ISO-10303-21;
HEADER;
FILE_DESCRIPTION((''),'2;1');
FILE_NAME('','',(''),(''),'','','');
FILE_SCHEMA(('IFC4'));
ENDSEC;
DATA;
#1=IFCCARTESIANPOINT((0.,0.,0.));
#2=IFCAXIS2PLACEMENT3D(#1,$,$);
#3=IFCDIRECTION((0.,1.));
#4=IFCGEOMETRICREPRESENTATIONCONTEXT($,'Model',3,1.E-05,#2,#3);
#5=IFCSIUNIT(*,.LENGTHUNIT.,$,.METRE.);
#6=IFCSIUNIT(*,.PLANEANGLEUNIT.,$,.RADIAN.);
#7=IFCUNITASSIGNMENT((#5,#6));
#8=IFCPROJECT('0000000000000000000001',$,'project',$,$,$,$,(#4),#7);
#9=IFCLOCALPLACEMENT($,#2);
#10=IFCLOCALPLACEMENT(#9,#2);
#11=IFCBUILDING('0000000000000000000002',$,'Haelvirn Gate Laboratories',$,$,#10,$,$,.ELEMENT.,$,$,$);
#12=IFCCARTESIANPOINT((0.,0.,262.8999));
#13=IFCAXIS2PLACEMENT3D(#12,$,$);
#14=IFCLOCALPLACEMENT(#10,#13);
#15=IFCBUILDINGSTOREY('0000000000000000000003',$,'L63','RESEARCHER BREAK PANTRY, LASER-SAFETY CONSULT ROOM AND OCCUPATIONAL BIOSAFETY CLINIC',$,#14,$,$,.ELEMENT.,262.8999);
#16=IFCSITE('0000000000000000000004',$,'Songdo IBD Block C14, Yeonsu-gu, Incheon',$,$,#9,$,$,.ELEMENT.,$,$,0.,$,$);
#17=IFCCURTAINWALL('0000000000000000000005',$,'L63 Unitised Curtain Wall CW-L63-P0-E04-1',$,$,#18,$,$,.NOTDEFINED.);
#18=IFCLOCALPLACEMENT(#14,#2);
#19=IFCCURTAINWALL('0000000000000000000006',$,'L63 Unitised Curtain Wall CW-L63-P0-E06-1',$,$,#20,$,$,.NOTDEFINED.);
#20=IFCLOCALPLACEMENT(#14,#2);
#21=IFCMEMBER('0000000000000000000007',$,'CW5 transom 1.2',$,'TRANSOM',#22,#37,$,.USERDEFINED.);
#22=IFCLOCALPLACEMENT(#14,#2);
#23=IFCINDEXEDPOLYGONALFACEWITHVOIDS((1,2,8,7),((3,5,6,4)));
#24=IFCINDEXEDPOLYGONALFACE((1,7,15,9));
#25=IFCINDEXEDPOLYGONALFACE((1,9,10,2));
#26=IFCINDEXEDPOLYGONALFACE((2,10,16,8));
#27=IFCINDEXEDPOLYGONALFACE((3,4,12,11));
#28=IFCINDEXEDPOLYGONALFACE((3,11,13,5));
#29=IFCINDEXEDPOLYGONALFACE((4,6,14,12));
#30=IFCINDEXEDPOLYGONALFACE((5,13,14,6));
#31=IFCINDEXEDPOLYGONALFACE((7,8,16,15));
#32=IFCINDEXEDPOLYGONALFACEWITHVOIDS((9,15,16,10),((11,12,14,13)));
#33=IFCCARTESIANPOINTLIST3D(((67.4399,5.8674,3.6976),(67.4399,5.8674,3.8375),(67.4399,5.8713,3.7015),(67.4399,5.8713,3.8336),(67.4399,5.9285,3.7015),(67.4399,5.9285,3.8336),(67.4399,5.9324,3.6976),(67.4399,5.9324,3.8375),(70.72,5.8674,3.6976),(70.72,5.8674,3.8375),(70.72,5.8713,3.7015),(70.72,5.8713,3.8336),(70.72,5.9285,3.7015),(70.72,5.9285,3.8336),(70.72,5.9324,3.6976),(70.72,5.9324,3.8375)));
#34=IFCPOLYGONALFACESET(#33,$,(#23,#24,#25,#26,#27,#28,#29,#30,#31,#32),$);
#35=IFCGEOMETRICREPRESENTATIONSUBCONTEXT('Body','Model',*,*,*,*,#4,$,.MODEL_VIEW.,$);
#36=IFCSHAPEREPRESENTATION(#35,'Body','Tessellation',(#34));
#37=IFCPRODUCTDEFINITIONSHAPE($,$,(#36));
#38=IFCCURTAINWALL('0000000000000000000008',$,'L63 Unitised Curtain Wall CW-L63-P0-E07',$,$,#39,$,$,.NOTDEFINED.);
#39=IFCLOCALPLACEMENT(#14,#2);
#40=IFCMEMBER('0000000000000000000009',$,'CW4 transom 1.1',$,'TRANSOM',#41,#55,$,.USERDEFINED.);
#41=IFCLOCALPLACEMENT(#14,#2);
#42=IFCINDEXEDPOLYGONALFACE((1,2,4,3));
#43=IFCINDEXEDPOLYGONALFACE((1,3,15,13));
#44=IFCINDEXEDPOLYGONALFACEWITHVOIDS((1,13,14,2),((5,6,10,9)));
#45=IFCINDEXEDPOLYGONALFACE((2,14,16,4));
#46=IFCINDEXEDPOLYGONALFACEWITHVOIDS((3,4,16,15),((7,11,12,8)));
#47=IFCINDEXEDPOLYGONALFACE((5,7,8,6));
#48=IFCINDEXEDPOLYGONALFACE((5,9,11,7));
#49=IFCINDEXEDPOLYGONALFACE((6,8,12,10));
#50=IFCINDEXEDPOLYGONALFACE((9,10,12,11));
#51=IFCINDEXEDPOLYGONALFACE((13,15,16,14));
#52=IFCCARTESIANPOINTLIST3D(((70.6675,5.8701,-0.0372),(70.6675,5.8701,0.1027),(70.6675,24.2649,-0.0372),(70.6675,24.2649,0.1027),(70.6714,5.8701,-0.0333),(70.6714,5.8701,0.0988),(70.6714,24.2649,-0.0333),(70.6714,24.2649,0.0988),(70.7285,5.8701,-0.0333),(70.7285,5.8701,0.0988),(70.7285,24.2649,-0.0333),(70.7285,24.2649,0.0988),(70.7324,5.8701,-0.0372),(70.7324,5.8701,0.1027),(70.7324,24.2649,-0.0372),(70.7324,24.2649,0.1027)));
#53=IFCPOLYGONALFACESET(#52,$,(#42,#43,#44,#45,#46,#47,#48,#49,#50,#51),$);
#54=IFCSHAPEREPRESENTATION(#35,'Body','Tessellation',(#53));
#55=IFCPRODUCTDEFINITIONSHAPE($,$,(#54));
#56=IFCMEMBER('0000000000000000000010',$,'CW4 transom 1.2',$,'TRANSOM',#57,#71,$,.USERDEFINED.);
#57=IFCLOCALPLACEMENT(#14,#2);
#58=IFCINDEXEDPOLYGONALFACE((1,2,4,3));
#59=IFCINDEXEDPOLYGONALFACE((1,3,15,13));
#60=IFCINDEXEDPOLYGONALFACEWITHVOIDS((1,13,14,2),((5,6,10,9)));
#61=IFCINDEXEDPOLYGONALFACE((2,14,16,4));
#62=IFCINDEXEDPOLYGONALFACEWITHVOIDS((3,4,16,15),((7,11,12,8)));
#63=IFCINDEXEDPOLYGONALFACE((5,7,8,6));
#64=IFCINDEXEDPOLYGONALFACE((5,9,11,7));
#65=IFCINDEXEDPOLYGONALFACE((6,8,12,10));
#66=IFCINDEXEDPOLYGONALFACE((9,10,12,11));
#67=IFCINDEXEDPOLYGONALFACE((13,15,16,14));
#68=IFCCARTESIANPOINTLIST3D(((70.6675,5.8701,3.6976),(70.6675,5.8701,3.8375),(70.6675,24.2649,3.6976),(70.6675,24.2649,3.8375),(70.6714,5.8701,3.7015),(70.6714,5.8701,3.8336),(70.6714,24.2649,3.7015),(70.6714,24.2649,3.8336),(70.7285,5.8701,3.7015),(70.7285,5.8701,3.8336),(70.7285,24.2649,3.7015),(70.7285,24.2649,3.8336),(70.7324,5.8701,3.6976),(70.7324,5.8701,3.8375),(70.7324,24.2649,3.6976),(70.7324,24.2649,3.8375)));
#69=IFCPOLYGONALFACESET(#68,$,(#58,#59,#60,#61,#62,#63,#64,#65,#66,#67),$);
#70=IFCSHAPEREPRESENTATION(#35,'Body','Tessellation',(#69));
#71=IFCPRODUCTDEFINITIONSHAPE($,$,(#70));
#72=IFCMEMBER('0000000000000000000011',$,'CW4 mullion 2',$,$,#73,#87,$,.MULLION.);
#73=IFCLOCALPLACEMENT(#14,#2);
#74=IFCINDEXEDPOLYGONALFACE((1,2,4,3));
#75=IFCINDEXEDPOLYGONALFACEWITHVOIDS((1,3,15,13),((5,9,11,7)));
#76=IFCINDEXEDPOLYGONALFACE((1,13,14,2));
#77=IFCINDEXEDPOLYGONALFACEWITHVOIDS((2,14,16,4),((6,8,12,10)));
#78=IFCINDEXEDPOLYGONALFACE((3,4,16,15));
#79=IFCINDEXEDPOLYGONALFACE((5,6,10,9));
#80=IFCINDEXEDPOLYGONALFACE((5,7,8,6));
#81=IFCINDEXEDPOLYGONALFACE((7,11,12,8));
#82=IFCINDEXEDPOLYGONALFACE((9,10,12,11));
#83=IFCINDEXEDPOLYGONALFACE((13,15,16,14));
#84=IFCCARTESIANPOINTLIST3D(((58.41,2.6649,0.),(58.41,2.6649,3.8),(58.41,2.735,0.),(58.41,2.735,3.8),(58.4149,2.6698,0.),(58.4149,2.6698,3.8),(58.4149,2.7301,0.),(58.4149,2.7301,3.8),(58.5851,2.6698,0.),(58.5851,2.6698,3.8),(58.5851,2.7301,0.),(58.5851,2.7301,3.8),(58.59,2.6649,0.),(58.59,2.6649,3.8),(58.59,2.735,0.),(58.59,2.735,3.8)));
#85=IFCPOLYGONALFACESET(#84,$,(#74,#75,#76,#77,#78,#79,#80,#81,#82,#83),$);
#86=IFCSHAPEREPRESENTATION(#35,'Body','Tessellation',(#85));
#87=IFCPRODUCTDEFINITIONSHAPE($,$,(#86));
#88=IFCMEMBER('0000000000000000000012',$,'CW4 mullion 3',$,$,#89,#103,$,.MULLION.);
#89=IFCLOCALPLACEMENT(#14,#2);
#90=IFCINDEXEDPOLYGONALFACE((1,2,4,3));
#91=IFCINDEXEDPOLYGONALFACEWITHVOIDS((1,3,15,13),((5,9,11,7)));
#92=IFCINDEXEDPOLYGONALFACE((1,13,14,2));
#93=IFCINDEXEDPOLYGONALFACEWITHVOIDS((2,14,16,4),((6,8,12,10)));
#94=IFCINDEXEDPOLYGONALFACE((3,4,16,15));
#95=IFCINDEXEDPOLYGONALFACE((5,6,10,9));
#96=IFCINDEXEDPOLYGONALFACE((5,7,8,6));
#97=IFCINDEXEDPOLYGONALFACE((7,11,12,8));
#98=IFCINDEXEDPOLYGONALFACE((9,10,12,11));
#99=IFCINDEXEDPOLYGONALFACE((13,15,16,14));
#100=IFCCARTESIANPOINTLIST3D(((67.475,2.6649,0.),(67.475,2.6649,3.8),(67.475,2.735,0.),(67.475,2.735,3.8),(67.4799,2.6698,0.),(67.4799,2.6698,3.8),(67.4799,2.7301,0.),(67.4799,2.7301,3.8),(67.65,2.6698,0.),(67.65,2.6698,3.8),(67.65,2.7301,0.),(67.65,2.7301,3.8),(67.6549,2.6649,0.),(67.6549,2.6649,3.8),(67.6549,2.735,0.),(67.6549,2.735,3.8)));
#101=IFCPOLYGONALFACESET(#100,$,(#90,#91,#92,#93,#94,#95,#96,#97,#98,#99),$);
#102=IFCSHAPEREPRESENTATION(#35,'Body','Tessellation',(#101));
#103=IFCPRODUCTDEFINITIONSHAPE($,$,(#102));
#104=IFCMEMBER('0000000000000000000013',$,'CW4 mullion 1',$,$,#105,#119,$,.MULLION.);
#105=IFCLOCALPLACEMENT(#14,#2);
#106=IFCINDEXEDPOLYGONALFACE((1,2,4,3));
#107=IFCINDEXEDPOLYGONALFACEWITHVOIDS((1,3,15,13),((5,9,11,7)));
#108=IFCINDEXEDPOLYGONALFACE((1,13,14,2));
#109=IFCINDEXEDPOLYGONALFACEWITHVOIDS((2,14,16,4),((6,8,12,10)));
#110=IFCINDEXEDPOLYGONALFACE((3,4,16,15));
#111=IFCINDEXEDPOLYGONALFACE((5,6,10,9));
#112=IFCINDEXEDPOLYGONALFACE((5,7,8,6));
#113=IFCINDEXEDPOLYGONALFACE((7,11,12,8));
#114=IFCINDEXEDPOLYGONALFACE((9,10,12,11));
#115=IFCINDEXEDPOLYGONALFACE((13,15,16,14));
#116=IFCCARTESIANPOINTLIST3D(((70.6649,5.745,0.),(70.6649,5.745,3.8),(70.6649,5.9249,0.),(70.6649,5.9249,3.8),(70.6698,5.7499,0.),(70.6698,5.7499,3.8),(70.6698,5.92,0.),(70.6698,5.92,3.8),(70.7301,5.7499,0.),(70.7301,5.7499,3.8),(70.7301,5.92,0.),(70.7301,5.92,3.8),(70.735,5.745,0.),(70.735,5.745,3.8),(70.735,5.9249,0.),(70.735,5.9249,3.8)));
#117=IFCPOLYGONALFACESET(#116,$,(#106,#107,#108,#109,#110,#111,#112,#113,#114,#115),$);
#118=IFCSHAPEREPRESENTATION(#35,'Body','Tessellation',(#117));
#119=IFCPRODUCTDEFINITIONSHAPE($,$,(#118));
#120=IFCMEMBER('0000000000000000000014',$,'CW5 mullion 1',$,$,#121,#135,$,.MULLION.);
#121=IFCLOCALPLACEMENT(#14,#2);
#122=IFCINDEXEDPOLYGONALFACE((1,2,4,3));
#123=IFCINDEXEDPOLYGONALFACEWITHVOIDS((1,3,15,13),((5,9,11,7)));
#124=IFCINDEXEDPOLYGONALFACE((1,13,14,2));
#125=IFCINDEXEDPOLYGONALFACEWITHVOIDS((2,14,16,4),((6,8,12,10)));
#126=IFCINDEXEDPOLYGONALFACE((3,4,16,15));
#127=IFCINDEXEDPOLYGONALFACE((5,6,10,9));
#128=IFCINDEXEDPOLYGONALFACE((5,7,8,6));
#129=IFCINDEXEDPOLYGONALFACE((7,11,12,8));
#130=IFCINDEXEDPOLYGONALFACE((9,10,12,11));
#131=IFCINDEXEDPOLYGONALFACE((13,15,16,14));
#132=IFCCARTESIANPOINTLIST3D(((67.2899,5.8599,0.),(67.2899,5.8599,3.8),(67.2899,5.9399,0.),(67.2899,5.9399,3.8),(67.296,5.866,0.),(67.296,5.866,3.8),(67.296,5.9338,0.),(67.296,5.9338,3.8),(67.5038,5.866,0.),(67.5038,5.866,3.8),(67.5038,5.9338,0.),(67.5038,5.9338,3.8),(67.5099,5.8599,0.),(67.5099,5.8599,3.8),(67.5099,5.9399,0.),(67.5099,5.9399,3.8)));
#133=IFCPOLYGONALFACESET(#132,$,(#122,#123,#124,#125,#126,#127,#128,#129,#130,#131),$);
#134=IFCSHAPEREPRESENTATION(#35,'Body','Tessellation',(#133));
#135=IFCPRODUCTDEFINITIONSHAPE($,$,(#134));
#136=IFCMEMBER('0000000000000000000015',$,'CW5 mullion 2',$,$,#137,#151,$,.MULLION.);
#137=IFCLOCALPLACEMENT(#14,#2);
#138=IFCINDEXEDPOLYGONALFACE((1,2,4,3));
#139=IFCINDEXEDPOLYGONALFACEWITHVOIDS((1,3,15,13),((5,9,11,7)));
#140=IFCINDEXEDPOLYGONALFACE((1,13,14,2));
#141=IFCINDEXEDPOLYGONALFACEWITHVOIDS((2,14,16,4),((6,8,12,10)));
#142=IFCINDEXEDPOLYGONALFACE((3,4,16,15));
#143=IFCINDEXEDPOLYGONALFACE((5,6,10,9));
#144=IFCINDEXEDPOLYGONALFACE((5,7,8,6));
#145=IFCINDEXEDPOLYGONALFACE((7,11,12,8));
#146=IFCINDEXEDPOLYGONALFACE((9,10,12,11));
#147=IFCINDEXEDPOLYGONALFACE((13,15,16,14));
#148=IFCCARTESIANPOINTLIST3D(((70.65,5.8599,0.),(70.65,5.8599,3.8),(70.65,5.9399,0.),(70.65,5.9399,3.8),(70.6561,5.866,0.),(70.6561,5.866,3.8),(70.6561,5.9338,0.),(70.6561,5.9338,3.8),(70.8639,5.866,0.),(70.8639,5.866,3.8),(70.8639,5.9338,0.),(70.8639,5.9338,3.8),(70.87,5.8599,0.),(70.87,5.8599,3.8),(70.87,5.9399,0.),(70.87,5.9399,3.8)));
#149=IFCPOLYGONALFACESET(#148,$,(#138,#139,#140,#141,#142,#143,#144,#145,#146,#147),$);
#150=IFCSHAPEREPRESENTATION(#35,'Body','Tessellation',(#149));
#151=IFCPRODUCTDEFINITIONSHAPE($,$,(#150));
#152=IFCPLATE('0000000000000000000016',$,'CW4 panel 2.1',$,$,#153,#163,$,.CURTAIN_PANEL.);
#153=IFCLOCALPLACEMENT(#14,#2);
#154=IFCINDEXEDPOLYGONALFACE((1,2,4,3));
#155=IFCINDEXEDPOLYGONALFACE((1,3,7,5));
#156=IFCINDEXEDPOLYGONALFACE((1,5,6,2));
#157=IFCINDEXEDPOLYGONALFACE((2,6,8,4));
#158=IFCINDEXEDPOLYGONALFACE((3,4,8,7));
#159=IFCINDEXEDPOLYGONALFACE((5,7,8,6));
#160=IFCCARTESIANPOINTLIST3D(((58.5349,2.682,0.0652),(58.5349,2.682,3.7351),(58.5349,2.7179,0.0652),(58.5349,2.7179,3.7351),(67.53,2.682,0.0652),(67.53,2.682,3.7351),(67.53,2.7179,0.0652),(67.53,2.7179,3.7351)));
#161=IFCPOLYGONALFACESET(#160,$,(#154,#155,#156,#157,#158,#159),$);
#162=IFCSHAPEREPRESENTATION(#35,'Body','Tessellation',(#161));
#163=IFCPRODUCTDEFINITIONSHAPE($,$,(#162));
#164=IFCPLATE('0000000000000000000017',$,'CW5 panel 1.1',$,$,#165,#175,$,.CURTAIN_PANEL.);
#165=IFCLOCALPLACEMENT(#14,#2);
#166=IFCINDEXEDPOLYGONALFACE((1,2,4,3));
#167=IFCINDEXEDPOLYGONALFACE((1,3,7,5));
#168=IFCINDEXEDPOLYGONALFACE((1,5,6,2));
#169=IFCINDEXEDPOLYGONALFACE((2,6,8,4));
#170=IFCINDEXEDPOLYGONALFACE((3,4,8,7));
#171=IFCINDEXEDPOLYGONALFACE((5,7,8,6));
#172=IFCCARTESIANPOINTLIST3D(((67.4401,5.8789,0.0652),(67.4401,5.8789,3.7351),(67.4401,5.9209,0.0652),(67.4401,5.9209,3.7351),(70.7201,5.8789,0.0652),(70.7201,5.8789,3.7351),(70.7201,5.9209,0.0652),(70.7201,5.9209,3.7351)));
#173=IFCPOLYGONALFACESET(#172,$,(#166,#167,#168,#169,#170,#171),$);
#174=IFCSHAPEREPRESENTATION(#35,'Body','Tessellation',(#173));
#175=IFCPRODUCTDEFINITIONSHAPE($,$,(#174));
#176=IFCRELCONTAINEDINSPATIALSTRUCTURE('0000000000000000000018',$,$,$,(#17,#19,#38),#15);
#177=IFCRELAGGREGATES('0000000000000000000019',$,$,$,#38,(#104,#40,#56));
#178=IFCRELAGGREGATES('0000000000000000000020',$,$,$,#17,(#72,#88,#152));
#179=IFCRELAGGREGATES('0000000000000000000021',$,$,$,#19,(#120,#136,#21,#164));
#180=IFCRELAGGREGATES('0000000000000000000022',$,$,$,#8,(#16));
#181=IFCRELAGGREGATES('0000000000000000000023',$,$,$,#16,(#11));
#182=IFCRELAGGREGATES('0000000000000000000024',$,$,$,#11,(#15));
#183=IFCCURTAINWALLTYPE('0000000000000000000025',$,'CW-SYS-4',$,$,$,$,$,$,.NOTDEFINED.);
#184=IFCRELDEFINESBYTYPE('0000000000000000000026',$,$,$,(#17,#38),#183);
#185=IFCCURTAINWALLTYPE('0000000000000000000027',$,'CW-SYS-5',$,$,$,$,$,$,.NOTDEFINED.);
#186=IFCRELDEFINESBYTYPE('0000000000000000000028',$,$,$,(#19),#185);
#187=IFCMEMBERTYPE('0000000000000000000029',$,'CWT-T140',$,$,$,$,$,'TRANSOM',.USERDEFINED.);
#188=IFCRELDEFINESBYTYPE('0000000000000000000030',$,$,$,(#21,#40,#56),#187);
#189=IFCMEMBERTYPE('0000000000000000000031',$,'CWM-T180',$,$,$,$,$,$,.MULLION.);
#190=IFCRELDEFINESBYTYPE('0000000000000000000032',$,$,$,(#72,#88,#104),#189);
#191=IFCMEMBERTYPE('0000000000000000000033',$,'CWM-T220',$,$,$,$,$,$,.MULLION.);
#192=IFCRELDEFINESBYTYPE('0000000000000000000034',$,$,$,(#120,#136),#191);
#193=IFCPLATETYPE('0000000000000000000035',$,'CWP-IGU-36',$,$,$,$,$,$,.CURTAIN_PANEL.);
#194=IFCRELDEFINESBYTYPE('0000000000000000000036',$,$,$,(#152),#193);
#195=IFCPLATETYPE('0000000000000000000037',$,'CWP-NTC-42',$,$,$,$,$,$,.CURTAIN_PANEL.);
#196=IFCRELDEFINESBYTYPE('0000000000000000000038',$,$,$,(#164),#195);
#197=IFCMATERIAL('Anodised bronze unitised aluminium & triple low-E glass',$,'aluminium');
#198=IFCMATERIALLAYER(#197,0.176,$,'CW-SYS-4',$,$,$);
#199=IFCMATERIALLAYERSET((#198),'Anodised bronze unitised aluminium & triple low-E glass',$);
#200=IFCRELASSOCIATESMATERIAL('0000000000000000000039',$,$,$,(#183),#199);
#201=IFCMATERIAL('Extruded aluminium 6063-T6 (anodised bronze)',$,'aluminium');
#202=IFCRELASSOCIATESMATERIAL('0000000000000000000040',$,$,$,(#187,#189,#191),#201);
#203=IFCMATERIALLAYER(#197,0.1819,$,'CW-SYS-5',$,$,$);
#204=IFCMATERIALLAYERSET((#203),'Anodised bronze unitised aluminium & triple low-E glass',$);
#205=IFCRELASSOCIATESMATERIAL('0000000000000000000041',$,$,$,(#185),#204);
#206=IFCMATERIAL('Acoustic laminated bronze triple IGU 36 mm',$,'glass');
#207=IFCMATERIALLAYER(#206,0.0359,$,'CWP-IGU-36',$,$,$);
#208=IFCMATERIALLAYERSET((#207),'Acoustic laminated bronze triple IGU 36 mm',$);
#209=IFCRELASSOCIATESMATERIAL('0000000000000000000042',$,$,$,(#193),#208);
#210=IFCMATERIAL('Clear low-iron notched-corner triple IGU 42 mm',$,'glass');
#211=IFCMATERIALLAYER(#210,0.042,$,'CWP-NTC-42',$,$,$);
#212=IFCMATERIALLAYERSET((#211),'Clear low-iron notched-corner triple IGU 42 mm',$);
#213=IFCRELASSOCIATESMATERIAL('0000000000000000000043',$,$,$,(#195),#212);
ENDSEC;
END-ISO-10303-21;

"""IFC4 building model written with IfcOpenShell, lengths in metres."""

from ifc_helpers import new_model, si_unit, direction, frame, origin, origin_2d, place, context, subcontext, project, spatial, rectangle, hollow_rectangle, extrude, source, transform, mapped, material, layer, layer_set, material_profile, profile_set, type_object, type_shapes, element, aggregate, save


model = new_model("IFC4")

# Units and contexts
model_context = context("Model", 3, precision=1e-05, world=origin(), true_north=direction((0.0, 1.0)))
body_context = subcontext(model_context, "Body", "Model", "MODEL_VIEW")
ifc_project = project(units=[si_unit("LENGTHUNIT", "METRE"), si_unit("PLANEANGLEUNIT", "RADIAN")], contexts=[model_context])

# Site, building, storey
site_placement = place(None, origin())
site = spatial("IfcSite", under=ifc_project, at=site_placement, Name="Songdo IBD Block C14, Yeonsu-gu, Incheon", CompositionType="ELEMENT", RefElevation=0.0)
building_placement = place(site_placement, origin())
building = spatial("IfcBuilding", under=site, at=building_placement, Name="Haelvirn Gate Laboratories", CompositionType="ELEMENT")
storey_placement = place(building_placement, frame((0.0, 0.0, 262.8999)))
storey = spatial("IfcBuildingStorey", under=building, at=storey_placement, Name="L63", Description="RESEARCHER BREAK PANTRY, LASER-SAFETY CONSULT ROOM AND OCCUPATIONAL BIOSAFETY CLINIC", CompositionType="ELEMENT", Elevation=262.8999)

# Curtain walls, members
ifc_material_1 = material(Name="Anodised bronze unitised aluminium & triple low-E glass", Category="aluminium")
ifc_layer_1 = layer(ifc_material_1, 0.176, Name="CW-SYS-4")
ifc_layer_set_1 = layer_set([ifc_layer_1], Name="Anodised bronze unitised aluminium & triple low-E glass")
curtain_wall_type_1 = type_object("IfcCurtainWallType", Name="CW-SYS-4", PredefinedType="NOTDEFINED", material=ifc_layer_set_1)
curtain_wall_1_placement = place(storey_placement, origin())
curtain_wall_1 = element("IfcCurtainWall", 1, at=curtain_wall_1_placement, inside=storey, type_object=curtain_wall_type_1, Name="L63 Unitised Curtain Wall CW-L63-P0-E04-1", PredefinedType="NOTDEFINED")
ifc_material_2 = material(Name="Extruded aluminium 6063-T6 (anodised bronze)", Category="aluminium")
ifc_material_profile_1 = material_profile(ifc_material_2, hollow_rectangle(XDim=0.0649, YDim=0.1399, WallThickness=0.0039, at=origin_2d()), Name="CWT-140x65x4")
ifc_profile_set_1 = profile_set([ifc_material_profile_1], Name="Extruded aluminium 6063-T6 (anodised bronze)")
member_type_1 = type_object("IfcMemberType", Name="CWT-T140", ElementType="TRANSOM", PredefinedType="USERDEFINED", material=ifc_profile_set_1)
ifc_layer_2 = layer(ifc_material_1, 0.1819, Name="CW-SYS-5")
ifc_layer_set_2 = layer_set([ifc_layer_2], Name="Anodised bronze unitised aluminium & triple low-E glass")
curtain_wall_type_2 = type_object("IfcCurtainWallType", Name="CW-SYS-5", PredefinedType="NOTDEFINED", material=ifc_layer_set_2)
curtain_wall_2_placement = place(storey_placement, origin())
curtain_wall_2 = element("IfcCurtainWall", 2, at=curtain_wall_2_placement, inside=storey, type_object=curtain_wall_type_2, Name="L63 Unitised Curtain Wall CW-L63-P0-E06-1", PredefinedType="NOTDEFINED")
shared_shape_1 = source(origin(), body_context, "Body", "SweptSolid", [
    extrude(hollow_rectangle(XDim=0.0649, YDim=0.1399, WallThickness=0.0039, at=origin_2d()), origin(), (0.0, 0.0, 1.0), 3.28),
])
member_1_placement = place(storey_placement, frame((67.4399, 5.8999, 3.7676), z_axis=(1.0, 0.0, 0.0), x_axis=(0.0, 1.0, 0.0)))
member_1 = element("IfcMember", 3, at=member_1_placement, type_object=member_type_1, Name="CW5 transom 1.2", ObjectType="TRANSOM", PredefinedType="USERDEFINED", context=body_context, shape_type="MappedRepresentation", body=[
    mapped(shared_shape_1, transform((0.0, 0.0, 0.0), scale=1.0)),
])
curtain_wall_3_placement = place(storey_placement, origin())
curtain_wall_3 = element("IfcCurtainWall", 4, at=curtain_wall_3_placement, inside=storey, type_object=curtain_wall_type_1, Name="L63 Unitised Curtain Wall CW-L63-P0-E07", PredefinedType="NOTDEFINED")
shared_shape_2 = source(origin(), body_context, "Body", "SweptSolid", [
    extrude(hollow_rectangle(XDim=0.0649, YDim=0.1399, WallThickness=0.0039, at=origin_2d()), origin(), (0.0, 0.0, 1.0), 18.3948),
])
member_2_placement = place(storey_placement, frame((70.7, 5.8701, 0.0327), z_axis=(0.0, 1.0, 0.0), x_axis=(-1.0, 0.0, 0.0)))
member_2 = element("IfcMember", 5, at=member_2_placement, type_object=member_type_1, Name="CW4 transom 1.1", ObjectType="TRANSOM", PredefinedType="USERDEFINED", context=body_context, shape_type="MappedRepresentation", body=[
    mapped(shared_shape_2, transform((0.0, 0.0, 0.0), scale=1.0)),
])
member_3_placement = place(storey_placement, frame((70.7, 5.8701, 3.7676), z_axis=(0.0, 1.0, 0.0), x_axis=(-1.0, 0.0, 0.0)))
member_3 = element("IfcMember", 6, at=member_3_placement, type_object=member_type_1, Name="CW4 transom 1.2", ObjectType="TRANSOM", PredefinedType="USERDEFINED", context=body_context, shape_type="MappedRepresentation", body=[
    mapped(shared_shape_2, transform((0.0, 0.0, 0.0), scale=1.0)),
])

# Members
ifc_material_profile_2 = material_profile(ifc_material_2, hollow_rectangle(XDim=0.0701, YDim=0.1799, WallThickness=0.0049, at=origin_2d()), Name="CWM-180x70x5")
ifc_profile_set_2 = profile_set([ifc_material_profile_2], Name="Extruded aluminium 6063-T6 (anodised bronze)")
member_type_2 = type_object("IfcMemberType", Name="CWM-T180", PredefinedType="MULLION", material=ifc_profile_set_2)
shared_shape_3 = source(origin(), body_context, "Body", "SweptSolid", [
    extrude(hollow_rectangle(XDim=0.0701, YDim=0.1799, WallThickness=0.0049, at=origin_2d()), origin(), (0.0, 0.0, 1.0), 3.8),
])
type_shapes(member_type_2, [shared_shape_3])
member_4_placement = place(storey_placement, frame((58.5, 2.7, 0.0), z_axis=(0.0, 0.0, 1.0), x_axis=(0.0, 1.0, 0.0)))
member_4 = element("IfcMember", 7, at=member_4_placement, type_object=member_type_2, Name="CW4 mullion 2", PredefinedType="MULLION", context=body_context, shape_type="MappedRepresentation", body=[
    mapped(shared_shape_3, transform((0.0, 0.0, 0.0), scale=1.0)),
])
member_5_placement = place(storey_placement, frame((67.5649, 2.7, 0.0), z_axis=(0.0, 0.0, 1.0), x_axis=(0.0, 1.0, 0.0)))
member_5 = element("IfcMember", 8, at=member_5_placement, type_object=member_type_2, Name="CW4 mullion 3", PredefinedType="MULLION", context=body_context, shape_type="MappedRepresentation", body=[
    mapped(shared_shape_3, transform((0.0, 0.0, 0.0), scale=1.0)),
])
member_6_placement = place(storey_placement, frame((70.7, 5.835, 0.0), z_axis=(0.0, 0.0, 1.0), x_axis=(-1.0, 0.0, 0.0)))
member_6 = element("IfcMember", 9, at=member_6_placement, type_object=member_type_2, Name="CW4 mullion 1", PredefinedType="MULLION", context=body_context, shape_type="MappedRepresentation", body=[
    mapped(shared_shape_3, transform((0.0, 0.0, 0.0), scale=1.0)),
])
aggregate(curtain_wall_3, [member_6, member_2, member_3])
ifc_material_profile_3 = material_profile(ifc_material_2, hollow_rectangle(XDim=0.0801, YDim=0.22, WallThickness=0.0061, at=origin_2d()), Name="CWM-220x80x6")
ifc_profile_set_3 = profile_set([ifc_material_profile_3], Name="Extruded aluminium 6063-T6 (anodised bronze)")
member_type_3 = type_object("IfcMemberType", Name="CWM-T220", PredefinedType="MULLION", material=ifc_profile_set_3)
shared_shape_4 = source(origin(), body_context, "Body", "SweptSolid", [
    extrude(hollow_rectangle(XDim=0.0801, YDim=0.22, WallThickness=0.0061, at=origin_2d()), origin(), (0.0, 0.0, 1.0), 3.8),
])
type_shapes(member_type_3, [shared_shape_4])
member_7_placement = place(storey_placement, frame((67.3999, 5.8999, 0.0), z_axis=(0.0, 0.0, 1.0), x_axis=(0.0, 1.0, 0.0)))
member_7 = element("IfcMember", 10, at=member_7_placement, type_object=member_type_3, Name="CW5 mullion 1", PredefinedType="MULLION", context=body_context, shape_type="MappedRepresentation", body=[
    mapped(shared_shape_4, transform((0.0, 0.0, 0.0), scale=1.0)),
])
member_8_placement = place(storey_placement, frame((70.76, 5.8999, 0.0), z_axis=(0.0, 0.0, 1.0), x_axis=(0.0, 1.0, 0.0)))
member_8 = element("IfcMember", 11, at=member_8_placement, type_object=member_type_3, Name="CW5 mullion 2", PredefinedType="MULLION", context=body_context, shape_type="MappedRepresentation", body=[
    mapped(shared_shape_4, transform((0.0, 0.0, 0.0), scale=1.0)),
])

# Plates
ifc_material_3 = material(Name="Acoustic laminated bronze triple IGU 36 mm", Category="glass")
ifc_layer_3 = layer(ifc_material_3, 0.0359, Name="CWP-IGU-36")
ifc_layer_set_3 = layer_set([ifc_layer_3], Name="Acoustic laminated bronze triple IGU 36 mm")
plate_type_1 = type_object("IfcPlateType", Name="CWP-IGU-36", PredefinedType="CURTAIN_PANEL", material=ifc_layer_set_3)
shared_shape_5 = source(origin(), body_context, "Body", "SweptSolid", [
    extrude(rectangle(XDim=8.9951, YDim=0.0359, at=origin_2d()), origin(), (0.0, 0.0, 1.0), 3.6699),
])
type_shapes(plate_type_1, [shared_shape_5])
plate_1_placement = place(storey_placement, frame((63.0325, 2.7, 0.0652), z_axis=(0.0, 0.0, 1.0), x_axis=(1.0, 0.0, 0.0)))
plate_1 = element("IfcPlate", 12, at=plate_1_placement, type_object=plate_type_1, Name="CW4 panel 2.1", PredefinedType="CURTAIN_PANEL", context=body_context, shape_type="MappedRepresentation", body=[
    mapped(shared_shape_5, transform((0.0, 0.0, 0.0), scale=1.0)),
])
aggregate(curtain_wall_1, [member_4, member_5, plate_1])
ifc_material_4 = material(Name="Clear low-iron notched-corner triple IGU 42 mm", Category="glass")
ifc_layer_4 = layer(ifc_material_4, 0.042, Name="CWP-NTC-42")
ifc_layer_set_4 = layer_set([ifc_layer_4], Name="Clear low-iron notched-corner triple IGU 42 mm")
plate_type_2 = type_object("IfcPlateType", Name="CWP-NTC-42", PredefinedType="CURTAIN_PANEL", material=ifc_layer_set_4)
shared_shape_6 = source(origin(), body_context, "Body", "SweptSolid", [
    extrude(rectangle(XDim=3.28, YDim=0.042, at=origin_2d()), origin(), (0.0, 0.0, 1.0), 3.6699),
])
type_shapes(plate_type_2, [shared_shape_6])
plate_2_placement = place(storey_placement, frame((69.0801, 5.8999, 0.0652), z_axis=(0.0, 0.0, 1.0), x_axis=(1.0, 0.0, 0.0)))
plate_2 = element("IfcPlate", 13, at=plate_2_placement, type_object=plate_type_2, Name="CW5 panel 1.1", PredefinedType="CURTAIN_PANEL", context=body_context, shape_type="MappedRepresentation", body=[
    mapped(shared_shape_6, transform((0.0, 0.0, 0.0), scale=1.0)),
])
aggregate(curtain_wall_2, [member_7, member_8, member_1, plate_2])

save(model, "model.ifc")
